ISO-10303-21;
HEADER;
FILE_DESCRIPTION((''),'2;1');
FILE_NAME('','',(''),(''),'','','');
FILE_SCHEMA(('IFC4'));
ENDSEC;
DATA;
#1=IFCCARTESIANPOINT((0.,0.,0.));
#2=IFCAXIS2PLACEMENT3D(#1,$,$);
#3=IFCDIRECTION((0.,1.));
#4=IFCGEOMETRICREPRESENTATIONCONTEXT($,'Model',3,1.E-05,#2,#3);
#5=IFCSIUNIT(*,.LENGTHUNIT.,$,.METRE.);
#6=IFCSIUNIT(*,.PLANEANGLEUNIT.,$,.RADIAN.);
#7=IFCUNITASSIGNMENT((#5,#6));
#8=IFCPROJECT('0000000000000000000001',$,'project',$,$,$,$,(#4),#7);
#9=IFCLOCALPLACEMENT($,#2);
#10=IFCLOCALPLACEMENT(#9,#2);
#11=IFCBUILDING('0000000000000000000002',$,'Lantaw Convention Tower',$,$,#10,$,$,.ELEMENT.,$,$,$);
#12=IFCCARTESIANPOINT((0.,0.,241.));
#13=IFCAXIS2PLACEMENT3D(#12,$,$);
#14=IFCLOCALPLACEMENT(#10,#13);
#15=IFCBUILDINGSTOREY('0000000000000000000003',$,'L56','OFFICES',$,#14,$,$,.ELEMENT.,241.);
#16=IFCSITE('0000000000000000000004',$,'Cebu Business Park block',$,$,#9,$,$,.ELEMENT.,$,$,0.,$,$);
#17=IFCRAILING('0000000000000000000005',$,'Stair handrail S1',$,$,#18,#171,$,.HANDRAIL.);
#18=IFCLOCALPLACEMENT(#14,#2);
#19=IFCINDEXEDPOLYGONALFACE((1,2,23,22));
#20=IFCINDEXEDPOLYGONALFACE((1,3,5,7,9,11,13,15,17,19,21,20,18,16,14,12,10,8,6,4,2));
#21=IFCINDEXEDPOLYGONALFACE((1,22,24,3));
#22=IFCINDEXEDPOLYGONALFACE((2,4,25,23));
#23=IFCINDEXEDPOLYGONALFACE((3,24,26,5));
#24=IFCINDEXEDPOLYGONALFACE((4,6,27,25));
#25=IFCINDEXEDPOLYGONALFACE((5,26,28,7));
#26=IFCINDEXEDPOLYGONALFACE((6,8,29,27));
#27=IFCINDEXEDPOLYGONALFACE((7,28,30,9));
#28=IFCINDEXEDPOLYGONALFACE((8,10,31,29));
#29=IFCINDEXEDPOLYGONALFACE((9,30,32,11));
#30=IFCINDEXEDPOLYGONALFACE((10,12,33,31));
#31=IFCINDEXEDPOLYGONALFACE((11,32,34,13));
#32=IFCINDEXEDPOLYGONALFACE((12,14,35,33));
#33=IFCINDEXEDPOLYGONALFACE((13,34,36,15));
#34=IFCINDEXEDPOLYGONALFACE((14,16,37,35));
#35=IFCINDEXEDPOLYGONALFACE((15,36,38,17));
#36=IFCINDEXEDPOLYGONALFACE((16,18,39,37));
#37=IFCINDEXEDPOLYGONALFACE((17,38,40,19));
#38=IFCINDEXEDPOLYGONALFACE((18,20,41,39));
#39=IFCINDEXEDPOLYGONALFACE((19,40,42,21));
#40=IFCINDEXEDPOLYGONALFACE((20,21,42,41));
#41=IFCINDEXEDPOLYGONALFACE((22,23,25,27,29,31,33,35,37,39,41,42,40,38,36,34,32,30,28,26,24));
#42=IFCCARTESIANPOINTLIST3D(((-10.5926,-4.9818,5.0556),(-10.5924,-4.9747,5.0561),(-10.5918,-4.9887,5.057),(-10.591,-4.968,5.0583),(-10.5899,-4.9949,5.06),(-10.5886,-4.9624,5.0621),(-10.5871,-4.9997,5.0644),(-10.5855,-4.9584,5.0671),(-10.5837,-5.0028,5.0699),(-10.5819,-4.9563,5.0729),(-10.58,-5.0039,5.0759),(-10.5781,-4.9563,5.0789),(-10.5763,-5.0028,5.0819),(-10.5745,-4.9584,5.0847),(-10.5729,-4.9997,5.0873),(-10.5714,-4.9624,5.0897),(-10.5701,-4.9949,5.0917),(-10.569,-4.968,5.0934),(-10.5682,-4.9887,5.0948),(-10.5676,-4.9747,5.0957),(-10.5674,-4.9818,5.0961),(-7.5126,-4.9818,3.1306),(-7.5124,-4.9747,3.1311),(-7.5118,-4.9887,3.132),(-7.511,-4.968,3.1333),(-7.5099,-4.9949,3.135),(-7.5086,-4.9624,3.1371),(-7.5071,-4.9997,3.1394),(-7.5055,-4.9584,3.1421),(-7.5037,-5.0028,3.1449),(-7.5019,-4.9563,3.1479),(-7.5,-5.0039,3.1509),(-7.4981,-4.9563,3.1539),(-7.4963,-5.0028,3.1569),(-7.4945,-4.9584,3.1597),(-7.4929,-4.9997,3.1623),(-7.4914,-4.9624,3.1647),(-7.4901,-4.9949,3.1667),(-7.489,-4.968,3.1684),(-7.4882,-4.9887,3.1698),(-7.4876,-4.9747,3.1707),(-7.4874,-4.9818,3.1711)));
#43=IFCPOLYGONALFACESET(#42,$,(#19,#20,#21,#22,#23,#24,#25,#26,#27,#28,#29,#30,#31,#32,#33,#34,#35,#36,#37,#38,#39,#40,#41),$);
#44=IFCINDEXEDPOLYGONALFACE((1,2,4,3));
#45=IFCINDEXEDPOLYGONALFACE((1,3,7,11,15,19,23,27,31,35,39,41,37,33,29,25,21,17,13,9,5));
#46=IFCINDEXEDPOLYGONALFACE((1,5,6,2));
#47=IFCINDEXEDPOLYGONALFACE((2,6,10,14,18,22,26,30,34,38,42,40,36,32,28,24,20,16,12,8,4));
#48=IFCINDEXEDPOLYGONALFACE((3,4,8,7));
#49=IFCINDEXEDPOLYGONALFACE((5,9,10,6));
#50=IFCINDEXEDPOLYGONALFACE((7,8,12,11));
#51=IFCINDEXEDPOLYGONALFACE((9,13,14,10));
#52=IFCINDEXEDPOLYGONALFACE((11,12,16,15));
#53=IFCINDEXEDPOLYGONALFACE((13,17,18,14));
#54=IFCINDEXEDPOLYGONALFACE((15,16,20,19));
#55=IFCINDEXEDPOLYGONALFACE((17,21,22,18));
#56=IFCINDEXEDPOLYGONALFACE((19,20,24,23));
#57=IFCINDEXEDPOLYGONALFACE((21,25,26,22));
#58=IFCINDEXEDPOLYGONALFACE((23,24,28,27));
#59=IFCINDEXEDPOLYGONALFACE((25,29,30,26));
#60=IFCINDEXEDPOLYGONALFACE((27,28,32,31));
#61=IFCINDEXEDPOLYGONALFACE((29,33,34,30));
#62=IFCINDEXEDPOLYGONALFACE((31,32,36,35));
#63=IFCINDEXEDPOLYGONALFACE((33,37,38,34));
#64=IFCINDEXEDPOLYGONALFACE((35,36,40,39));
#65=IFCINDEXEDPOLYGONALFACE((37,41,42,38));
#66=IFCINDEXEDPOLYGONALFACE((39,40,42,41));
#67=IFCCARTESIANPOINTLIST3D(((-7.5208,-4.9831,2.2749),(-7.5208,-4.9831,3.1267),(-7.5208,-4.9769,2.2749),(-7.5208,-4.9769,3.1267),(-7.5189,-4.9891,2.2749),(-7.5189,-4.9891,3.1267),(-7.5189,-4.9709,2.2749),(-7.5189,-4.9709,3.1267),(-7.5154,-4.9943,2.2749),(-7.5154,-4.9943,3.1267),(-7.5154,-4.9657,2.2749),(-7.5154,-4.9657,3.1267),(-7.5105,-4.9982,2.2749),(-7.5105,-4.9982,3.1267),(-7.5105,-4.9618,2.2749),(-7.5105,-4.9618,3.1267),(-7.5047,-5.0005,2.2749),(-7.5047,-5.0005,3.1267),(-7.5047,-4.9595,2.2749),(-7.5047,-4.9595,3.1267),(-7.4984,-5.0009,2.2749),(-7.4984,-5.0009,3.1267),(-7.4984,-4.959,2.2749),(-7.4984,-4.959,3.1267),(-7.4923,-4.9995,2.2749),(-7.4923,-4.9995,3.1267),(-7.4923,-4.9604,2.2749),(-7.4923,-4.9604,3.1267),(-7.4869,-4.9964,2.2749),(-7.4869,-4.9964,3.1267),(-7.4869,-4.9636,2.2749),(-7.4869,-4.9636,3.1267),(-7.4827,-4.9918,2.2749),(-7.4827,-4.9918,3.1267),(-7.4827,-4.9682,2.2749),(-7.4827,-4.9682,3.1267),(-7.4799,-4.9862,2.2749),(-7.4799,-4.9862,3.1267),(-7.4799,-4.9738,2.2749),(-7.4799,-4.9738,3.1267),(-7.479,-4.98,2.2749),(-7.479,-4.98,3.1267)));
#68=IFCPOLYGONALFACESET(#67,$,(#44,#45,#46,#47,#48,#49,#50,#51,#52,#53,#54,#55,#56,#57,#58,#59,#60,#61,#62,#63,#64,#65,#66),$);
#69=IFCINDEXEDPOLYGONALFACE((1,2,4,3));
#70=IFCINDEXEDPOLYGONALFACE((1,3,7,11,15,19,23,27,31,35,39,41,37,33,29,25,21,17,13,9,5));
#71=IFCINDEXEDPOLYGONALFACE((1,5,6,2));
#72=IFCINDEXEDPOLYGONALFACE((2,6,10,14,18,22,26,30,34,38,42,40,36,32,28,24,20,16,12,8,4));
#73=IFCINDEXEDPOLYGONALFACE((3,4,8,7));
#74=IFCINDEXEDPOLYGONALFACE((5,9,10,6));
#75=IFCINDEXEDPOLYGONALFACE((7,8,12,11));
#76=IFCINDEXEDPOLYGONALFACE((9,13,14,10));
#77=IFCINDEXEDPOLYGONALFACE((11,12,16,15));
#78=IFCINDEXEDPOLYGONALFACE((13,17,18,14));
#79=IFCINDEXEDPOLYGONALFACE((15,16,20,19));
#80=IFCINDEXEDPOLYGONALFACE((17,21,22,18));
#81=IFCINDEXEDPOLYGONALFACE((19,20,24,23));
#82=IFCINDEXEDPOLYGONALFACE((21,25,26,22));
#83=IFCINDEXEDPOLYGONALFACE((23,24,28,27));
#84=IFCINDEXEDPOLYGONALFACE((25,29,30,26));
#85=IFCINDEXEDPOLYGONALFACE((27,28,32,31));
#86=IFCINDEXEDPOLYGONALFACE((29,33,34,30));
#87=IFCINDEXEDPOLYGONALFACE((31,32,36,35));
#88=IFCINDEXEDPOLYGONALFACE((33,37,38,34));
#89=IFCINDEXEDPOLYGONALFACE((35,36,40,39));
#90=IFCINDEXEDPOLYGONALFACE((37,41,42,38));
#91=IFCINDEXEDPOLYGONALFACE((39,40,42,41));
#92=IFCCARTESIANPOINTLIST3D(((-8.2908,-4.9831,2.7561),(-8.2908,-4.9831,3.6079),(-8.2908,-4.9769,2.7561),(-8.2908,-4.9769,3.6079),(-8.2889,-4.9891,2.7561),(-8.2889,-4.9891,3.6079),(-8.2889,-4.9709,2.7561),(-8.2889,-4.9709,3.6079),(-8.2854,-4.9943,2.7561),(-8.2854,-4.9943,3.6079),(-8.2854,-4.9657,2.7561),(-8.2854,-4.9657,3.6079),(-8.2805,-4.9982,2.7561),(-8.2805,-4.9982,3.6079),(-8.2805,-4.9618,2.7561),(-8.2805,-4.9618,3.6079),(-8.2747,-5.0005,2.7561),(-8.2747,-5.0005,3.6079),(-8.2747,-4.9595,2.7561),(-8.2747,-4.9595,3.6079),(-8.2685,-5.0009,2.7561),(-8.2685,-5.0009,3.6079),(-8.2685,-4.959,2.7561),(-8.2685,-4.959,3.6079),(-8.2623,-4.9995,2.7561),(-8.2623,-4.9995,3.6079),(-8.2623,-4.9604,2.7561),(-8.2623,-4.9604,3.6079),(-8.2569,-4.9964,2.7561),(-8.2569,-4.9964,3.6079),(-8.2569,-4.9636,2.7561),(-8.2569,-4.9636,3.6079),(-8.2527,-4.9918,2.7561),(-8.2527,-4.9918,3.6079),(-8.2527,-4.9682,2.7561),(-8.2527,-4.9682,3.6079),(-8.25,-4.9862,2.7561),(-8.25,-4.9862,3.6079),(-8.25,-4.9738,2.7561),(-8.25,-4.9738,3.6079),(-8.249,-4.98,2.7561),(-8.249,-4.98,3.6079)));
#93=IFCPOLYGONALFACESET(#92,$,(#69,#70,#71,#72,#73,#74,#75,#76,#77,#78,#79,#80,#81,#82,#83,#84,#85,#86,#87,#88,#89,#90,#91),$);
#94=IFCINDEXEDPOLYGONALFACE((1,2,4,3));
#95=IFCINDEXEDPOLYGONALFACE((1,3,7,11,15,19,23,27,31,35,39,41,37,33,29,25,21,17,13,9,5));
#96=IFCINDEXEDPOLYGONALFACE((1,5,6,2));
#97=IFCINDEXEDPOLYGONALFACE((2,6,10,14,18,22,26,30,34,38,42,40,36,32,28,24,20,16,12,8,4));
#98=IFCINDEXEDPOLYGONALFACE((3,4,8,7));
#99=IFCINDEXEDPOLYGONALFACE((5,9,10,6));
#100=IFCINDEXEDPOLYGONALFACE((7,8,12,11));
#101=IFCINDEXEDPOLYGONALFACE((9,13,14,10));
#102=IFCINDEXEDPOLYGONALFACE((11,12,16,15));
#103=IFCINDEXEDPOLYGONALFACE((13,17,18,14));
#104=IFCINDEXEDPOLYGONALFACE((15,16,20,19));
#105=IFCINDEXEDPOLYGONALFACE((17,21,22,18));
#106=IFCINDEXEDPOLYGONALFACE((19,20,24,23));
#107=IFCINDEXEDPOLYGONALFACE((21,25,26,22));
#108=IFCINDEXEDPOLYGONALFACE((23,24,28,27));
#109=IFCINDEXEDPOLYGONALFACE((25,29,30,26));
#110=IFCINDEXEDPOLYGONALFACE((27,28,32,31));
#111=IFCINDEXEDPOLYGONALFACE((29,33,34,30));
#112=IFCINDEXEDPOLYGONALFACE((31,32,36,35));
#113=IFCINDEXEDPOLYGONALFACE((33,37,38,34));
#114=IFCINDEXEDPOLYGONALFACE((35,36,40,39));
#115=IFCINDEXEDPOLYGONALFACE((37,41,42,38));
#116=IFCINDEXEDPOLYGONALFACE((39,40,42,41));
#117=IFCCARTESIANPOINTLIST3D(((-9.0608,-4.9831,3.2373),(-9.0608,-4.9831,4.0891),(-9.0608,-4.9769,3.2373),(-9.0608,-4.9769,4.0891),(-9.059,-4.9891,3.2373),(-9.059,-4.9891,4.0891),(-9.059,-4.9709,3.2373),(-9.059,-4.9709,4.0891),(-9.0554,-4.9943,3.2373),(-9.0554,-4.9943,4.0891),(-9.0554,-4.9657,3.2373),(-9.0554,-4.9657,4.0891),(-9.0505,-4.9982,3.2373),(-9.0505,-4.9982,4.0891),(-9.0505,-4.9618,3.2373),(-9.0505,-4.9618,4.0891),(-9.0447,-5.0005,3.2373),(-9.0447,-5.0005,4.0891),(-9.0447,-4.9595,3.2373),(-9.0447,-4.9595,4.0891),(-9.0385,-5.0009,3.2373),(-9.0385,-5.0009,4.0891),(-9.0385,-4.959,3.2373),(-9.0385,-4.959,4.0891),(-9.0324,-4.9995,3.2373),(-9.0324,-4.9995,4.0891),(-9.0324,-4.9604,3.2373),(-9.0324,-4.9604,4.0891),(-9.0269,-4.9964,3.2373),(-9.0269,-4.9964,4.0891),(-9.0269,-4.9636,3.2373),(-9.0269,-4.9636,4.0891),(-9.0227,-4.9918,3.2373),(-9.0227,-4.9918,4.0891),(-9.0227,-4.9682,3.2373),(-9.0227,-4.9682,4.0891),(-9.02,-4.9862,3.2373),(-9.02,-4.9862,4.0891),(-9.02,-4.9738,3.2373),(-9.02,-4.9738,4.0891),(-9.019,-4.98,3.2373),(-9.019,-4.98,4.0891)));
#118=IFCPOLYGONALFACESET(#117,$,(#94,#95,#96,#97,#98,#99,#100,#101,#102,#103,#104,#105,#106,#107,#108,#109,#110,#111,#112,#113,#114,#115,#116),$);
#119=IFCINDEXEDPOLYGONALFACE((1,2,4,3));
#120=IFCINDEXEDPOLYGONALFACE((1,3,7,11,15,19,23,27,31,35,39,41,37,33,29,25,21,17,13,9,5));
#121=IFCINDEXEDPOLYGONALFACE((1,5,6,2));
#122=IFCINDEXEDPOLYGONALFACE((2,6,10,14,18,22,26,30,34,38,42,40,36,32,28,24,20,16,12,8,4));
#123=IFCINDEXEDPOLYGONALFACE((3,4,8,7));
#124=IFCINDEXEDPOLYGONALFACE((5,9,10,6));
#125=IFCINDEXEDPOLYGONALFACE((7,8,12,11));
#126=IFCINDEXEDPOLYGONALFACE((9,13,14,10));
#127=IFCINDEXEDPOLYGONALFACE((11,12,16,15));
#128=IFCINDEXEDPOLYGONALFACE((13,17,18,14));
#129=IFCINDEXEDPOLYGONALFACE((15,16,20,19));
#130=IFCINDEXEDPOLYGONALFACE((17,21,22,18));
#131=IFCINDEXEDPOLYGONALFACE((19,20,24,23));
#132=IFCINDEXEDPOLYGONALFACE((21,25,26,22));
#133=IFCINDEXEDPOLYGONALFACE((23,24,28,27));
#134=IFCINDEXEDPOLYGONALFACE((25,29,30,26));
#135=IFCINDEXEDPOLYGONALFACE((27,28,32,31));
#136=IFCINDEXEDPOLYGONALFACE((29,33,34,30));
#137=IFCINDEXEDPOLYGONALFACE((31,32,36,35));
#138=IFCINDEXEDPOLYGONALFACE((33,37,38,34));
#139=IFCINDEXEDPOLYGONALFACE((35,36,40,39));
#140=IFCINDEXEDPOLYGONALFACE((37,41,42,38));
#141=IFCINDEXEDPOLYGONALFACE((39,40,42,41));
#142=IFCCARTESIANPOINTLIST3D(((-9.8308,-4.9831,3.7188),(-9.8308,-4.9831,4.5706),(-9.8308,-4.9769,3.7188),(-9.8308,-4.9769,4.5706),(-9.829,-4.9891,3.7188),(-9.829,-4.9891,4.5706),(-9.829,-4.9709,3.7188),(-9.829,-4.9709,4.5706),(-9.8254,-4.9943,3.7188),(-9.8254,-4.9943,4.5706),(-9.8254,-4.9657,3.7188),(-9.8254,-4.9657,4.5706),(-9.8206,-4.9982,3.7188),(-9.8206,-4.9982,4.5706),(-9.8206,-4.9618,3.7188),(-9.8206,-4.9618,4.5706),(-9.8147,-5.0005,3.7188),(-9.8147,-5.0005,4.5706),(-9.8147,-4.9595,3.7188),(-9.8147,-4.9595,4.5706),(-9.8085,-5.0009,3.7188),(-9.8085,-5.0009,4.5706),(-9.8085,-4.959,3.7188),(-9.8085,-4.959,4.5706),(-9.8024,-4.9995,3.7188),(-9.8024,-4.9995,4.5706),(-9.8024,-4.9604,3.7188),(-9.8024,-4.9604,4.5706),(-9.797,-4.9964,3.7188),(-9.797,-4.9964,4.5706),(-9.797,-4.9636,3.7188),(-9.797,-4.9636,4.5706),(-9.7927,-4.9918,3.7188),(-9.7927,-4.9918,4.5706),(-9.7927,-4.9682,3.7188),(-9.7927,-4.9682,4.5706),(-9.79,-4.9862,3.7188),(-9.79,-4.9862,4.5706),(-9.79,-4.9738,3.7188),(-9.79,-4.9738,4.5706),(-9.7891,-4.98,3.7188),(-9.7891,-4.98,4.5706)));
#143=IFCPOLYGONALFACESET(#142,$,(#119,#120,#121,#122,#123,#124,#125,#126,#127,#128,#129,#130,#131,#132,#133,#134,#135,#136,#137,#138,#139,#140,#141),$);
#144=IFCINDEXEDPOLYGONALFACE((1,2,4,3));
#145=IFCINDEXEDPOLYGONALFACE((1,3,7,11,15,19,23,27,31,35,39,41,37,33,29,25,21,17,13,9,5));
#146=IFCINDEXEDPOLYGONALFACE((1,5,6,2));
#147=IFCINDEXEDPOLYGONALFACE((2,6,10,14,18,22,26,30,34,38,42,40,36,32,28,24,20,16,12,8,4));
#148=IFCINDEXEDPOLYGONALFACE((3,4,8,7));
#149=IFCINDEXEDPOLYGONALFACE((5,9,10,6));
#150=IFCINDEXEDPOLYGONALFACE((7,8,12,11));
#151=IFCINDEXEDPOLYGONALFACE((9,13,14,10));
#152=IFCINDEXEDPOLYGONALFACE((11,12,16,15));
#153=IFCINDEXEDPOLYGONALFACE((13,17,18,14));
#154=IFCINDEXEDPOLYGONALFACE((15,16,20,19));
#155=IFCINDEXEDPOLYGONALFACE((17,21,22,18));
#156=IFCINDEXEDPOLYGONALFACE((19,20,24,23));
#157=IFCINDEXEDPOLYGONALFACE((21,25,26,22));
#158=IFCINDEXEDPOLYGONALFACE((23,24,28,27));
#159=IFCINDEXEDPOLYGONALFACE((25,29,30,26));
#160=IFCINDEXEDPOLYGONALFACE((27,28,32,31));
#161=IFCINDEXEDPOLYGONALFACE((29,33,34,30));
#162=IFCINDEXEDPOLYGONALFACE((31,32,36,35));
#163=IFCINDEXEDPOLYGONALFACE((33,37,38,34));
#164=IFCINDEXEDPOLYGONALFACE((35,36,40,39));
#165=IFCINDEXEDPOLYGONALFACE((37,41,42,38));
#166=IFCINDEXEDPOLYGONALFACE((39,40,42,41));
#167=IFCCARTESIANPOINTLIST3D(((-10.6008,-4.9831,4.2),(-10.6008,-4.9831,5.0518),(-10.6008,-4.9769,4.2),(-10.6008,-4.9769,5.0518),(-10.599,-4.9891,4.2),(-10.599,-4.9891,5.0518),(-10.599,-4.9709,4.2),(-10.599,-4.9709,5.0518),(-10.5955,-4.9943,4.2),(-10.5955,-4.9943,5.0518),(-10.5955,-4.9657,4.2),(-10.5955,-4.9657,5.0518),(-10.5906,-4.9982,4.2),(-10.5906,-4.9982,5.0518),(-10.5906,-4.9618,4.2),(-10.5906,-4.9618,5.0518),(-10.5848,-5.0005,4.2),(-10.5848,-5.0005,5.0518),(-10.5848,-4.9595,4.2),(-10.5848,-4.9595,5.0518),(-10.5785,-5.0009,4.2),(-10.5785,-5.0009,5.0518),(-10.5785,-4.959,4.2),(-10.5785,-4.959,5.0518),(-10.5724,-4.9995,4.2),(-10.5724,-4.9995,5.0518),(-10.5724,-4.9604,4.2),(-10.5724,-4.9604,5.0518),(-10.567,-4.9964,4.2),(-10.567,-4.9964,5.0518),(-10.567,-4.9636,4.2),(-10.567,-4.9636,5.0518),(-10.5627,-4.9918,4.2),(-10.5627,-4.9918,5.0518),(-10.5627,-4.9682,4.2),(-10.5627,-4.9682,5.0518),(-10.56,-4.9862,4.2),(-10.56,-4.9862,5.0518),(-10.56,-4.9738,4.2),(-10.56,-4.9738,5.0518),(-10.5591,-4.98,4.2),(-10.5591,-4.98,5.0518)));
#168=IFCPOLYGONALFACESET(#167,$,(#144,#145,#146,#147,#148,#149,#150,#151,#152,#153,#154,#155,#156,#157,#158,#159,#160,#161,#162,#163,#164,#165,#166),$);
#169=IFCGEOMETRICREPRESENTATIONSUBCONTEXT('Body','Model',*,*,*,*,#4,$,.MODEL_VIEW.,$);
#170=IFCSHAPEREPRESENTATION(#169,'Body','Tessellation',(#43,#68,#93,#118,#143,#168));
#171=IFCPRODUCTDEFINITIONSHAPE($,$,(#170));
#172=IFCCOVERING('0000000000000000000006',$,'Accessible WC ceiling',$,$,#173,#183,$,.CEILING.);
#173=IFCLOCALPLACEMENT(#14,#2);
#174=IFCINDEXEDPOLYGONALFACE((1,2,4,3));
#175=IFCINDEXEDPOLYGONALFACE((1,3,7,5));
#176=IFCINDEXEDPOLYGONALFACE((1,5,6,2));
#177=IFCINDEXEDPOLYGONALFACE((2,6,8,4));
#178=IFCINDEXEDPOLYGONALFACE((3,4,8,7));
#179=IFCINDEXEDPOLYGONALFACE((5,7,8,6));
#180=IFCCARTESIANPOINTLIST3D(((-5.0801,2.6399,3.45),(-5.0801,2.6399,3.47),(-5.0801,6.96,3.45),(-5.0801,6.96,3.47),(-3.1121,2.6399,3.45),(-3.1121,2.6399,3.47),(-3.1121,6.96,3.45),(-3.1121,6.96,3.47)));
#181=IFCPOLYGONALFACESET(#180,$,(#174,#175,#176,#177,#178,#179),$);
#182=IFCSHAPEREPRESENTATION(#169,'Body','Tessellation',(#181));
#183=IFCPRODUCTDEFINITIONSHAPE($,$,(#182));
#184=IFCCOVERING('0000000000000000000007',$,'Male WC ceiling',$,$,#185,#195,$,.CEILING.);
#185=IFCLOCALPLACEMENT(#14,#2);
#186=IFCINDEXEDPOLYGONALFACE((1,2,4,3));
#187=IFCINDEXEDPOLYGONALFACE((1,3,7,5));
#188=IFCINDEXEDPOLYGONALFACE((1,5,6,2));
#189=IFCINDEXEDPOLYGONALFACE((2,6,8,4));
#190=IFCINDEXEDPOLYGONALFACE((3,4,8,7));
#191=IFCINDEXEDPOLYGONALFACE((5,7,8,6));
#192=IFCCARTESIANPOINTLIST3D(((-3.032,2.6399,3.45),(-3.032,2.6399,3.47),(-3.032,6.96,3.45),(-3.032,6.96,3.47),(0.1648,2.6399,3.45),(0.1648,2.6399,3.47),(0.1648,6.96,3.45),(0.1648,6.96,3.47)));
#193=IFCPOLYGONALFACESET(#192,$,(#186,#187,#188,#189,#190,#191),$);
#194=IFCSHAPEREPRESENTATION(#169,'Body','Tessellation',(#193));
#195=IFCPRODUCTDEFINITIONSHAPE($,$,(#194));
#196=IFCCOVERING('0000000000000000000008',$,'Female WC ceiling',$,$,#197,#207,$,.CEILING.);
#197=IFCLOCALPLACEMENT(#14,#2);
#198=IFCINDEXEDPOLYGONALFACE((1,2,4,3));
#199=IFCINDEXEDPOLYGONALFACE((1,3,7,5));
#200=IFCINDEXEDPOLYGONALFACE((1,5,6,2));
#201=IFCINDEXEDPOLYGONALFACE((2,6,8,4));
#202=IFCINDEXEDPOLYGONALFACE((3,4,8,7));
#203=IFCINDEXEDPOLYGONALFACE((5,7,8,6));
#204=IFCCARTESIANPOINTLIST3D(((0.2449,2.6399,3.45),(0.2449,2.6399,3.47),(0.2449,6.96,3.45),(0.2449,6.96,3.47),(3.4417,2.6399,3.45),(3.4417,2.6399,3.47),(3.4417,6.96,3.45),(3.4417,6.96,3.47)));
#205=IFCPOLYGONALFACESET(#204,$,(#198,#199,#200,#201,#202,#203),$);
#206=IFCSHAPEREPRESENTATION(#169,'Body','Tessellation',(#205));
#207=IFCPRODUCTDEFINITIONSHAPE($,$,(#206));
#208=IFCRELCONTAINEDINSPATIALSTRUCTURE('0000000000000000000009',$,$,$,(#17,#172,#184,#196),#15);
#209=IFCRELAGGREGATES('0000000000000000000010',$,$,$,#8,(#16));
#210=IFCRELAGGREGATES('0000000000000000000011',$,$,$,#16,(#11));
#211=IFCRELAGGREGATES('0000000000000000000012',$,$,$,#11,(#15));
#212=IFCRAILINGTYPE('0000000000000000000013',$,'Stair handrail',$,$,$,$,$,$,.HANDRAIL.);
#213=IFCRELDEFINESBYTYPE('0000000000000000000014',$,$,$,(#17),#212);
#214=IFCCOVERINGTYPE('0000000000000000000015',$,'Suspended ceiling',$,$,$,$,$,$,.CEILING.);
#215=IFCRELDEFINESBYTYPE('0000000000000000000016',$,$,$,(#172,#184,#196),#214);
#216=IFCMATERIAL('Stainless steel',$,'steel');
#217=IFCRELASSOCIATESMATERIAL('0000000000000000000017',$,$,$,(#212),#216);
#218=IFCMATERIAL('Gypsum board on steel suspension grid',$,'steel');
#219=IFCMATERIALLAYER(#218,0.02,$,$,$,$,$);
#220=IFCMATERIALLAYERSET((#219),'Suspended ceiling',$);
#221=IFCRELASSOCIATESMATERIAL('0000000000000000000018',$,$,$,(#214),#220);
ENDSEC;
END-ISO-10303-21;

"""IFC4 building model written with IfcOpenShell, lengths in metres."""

from ifc_helpers import new_model, si_unit, direction, frame, origin, origin_2d, place, context, subcontext, project, spatial, polyline, circle, outline, extrude, material, layer, layer_set, type_object, element, save


model = new_model("IFC4")

# Units and contexts
model_context = context("Model", 3, precision=1e-05, world=origin(), true_north=direction((0.0, 1.0)))
body_context = subcontext(model_context, "Body", "Model", "MODEL_VIEW")
ifc_project = project(units=[si_unit("LENGTHUNIT", "METRE"), si_unit("PLANEANGLEUNIT", "RADIAN")], contexts=[model_context])

# Site, building, storey
site_placement = place(None, origin())
site = spatial("IfcSite", under=ifc_project, at=site_placement, Name="Cebu Business Park block", CompositionType="ELEMENT", RefElevation=0.0)
building_placement = place(site_placement, origin())
building = spatial("IfcBuilding", under=site, at=building_placement, Name="Lantaw Convention Tower", CompositionType="ELEMENT")
storey_placement = place(building_placement, frame((0.0, 0.0, 241.0)))
storey = spatial("IfcBuildingStorey", under=building, at=storey_placement, Name="L56", Description="OFFICES", CompositionType="ELEMENT", Elevation=241.0)

# Shared definitions
ifc_material_1 = material(Name="Stainless steel", Category="steel")

# Railing
railing_type = type_object("IfcRailingType", Name="Stair handrail", PredefinedType="HANDRAIL", material=ifc_material_1)
railing_1_placement = place(storey_placement, frame((-7.5, -4.98, 2.2749)))
element("IfcRailing", 1, at=railing_1_placement, inside=storey, type_object=railing_type, Name="Stair handrail S1", PredefinedType="HANDRAIL", context=body_context, shape_type="SweptSolid", body=[
    extrude(circle(Radius=0.0239, at=origin_2d()), frame((0.0, 0.0, 0.876), z_axis=(-0.847998, 0.0, 0.529999), x_axis=(0.0, -1.0, 0.0)), (0.0, 0.0, 1.0), 3.6321),
    extrude(circle(Radius=0.021, at=origin_2d()), origin(), (0.0, 0.0, 1.0), 0.8518),
    extrude(circle(Radius=0.021, at=origin_2d()), frame((-0.77, 0.0, 0.4812)), (0.0, 0.0, 1.0), 0.8518),
    extrude(circle(Radius=0.021, at=origin_2d()), frame((-1.54, 0.0, 0.9624)), (0.0, 0.0, 1.0), 0.8518),
    extrude(circle(Radius=0.021, at=origin_2d()), frame((-2.3101, 0.0, 1.4438)), (0.0, 0.0, 1.0), 0.8518),
    extrude(circle(Radius=0.021, at=origin_2d()), frame((-3.0801, 0.0, 1.925)), (0.0, 0.0, 1.0), 0.8518),
])

# Coverings
ifc_material_2 = material(Name="Gypsum board on steel suspension grid", Category="steel")
ifc_layer_1 = layer(ifc_material_2, 0.02)
ifc_layer_set_1 = layer_set([ifc_layer_1], Name="Suspended ceiling")
covering_type = type_object("IfcCoveringType", Name="Suspended ceiling", PredefinedType="CEILING", material=ifc_layer_set_1)
covering_1_placement = place(storey_placement, frame((0.0, 0.0, 3.45)))
element("IfcCovering", 2, at=covering_1_placement, inside=storey, type_object=covering_type, Name="Accessible WC ceiling", PredefinedType="CEILING", context=body_context, shape_type="SweptSolid", body=[
    extrude(outline(polyline([(-5.0801, 2.6399), (-3.1121, 2.6399), (-3.1121, 6.96), (-5.0801, 6.96), (-5.0801, 2.6399)])), origin(), (0.0, 0.0, 1.0), 0.02),
])
covering_2_placement = place(storey_placement, frame((0.0, 0.0, 3.45)))
element("IfcCovering", 3, at=covering_2_placement, inside=storey, type_object=covering_type, Name="Male WC ceiling", PredefinedType="CEILING", context=body_context, shape_type="SweptSolid", body=[
    extrude(outline(polyline([(-3.032, 2.6399), (0.1648, 2.6399), (0.1648, 6.96), (-3.032, 6.96), (-3.032, 2.6399)])), origin(), (0.0, 0.0, 1.0), 0.02),
])
covering_3_placement = place(storey_placement, frame((0.0, 0.0, 3.45)))
element("IfcCovering", 4, at=covering_3_placement, inside=storey, type_object=covering_type, Name="Female WC ceiling", PredefinedType="CEILING", context=body_context, shape_type="SweptSolid", body=[
    extrude(outline(polyline([(0.2449, 2.6399), (3.4417, 2.6399), (3.4417, 6.96), (0.2449, 6.96), (0.2449, 2.6399)])), origin(), (0.0, 0.0, 1.0), 0.02),
])

save(model, "model.ifc")
